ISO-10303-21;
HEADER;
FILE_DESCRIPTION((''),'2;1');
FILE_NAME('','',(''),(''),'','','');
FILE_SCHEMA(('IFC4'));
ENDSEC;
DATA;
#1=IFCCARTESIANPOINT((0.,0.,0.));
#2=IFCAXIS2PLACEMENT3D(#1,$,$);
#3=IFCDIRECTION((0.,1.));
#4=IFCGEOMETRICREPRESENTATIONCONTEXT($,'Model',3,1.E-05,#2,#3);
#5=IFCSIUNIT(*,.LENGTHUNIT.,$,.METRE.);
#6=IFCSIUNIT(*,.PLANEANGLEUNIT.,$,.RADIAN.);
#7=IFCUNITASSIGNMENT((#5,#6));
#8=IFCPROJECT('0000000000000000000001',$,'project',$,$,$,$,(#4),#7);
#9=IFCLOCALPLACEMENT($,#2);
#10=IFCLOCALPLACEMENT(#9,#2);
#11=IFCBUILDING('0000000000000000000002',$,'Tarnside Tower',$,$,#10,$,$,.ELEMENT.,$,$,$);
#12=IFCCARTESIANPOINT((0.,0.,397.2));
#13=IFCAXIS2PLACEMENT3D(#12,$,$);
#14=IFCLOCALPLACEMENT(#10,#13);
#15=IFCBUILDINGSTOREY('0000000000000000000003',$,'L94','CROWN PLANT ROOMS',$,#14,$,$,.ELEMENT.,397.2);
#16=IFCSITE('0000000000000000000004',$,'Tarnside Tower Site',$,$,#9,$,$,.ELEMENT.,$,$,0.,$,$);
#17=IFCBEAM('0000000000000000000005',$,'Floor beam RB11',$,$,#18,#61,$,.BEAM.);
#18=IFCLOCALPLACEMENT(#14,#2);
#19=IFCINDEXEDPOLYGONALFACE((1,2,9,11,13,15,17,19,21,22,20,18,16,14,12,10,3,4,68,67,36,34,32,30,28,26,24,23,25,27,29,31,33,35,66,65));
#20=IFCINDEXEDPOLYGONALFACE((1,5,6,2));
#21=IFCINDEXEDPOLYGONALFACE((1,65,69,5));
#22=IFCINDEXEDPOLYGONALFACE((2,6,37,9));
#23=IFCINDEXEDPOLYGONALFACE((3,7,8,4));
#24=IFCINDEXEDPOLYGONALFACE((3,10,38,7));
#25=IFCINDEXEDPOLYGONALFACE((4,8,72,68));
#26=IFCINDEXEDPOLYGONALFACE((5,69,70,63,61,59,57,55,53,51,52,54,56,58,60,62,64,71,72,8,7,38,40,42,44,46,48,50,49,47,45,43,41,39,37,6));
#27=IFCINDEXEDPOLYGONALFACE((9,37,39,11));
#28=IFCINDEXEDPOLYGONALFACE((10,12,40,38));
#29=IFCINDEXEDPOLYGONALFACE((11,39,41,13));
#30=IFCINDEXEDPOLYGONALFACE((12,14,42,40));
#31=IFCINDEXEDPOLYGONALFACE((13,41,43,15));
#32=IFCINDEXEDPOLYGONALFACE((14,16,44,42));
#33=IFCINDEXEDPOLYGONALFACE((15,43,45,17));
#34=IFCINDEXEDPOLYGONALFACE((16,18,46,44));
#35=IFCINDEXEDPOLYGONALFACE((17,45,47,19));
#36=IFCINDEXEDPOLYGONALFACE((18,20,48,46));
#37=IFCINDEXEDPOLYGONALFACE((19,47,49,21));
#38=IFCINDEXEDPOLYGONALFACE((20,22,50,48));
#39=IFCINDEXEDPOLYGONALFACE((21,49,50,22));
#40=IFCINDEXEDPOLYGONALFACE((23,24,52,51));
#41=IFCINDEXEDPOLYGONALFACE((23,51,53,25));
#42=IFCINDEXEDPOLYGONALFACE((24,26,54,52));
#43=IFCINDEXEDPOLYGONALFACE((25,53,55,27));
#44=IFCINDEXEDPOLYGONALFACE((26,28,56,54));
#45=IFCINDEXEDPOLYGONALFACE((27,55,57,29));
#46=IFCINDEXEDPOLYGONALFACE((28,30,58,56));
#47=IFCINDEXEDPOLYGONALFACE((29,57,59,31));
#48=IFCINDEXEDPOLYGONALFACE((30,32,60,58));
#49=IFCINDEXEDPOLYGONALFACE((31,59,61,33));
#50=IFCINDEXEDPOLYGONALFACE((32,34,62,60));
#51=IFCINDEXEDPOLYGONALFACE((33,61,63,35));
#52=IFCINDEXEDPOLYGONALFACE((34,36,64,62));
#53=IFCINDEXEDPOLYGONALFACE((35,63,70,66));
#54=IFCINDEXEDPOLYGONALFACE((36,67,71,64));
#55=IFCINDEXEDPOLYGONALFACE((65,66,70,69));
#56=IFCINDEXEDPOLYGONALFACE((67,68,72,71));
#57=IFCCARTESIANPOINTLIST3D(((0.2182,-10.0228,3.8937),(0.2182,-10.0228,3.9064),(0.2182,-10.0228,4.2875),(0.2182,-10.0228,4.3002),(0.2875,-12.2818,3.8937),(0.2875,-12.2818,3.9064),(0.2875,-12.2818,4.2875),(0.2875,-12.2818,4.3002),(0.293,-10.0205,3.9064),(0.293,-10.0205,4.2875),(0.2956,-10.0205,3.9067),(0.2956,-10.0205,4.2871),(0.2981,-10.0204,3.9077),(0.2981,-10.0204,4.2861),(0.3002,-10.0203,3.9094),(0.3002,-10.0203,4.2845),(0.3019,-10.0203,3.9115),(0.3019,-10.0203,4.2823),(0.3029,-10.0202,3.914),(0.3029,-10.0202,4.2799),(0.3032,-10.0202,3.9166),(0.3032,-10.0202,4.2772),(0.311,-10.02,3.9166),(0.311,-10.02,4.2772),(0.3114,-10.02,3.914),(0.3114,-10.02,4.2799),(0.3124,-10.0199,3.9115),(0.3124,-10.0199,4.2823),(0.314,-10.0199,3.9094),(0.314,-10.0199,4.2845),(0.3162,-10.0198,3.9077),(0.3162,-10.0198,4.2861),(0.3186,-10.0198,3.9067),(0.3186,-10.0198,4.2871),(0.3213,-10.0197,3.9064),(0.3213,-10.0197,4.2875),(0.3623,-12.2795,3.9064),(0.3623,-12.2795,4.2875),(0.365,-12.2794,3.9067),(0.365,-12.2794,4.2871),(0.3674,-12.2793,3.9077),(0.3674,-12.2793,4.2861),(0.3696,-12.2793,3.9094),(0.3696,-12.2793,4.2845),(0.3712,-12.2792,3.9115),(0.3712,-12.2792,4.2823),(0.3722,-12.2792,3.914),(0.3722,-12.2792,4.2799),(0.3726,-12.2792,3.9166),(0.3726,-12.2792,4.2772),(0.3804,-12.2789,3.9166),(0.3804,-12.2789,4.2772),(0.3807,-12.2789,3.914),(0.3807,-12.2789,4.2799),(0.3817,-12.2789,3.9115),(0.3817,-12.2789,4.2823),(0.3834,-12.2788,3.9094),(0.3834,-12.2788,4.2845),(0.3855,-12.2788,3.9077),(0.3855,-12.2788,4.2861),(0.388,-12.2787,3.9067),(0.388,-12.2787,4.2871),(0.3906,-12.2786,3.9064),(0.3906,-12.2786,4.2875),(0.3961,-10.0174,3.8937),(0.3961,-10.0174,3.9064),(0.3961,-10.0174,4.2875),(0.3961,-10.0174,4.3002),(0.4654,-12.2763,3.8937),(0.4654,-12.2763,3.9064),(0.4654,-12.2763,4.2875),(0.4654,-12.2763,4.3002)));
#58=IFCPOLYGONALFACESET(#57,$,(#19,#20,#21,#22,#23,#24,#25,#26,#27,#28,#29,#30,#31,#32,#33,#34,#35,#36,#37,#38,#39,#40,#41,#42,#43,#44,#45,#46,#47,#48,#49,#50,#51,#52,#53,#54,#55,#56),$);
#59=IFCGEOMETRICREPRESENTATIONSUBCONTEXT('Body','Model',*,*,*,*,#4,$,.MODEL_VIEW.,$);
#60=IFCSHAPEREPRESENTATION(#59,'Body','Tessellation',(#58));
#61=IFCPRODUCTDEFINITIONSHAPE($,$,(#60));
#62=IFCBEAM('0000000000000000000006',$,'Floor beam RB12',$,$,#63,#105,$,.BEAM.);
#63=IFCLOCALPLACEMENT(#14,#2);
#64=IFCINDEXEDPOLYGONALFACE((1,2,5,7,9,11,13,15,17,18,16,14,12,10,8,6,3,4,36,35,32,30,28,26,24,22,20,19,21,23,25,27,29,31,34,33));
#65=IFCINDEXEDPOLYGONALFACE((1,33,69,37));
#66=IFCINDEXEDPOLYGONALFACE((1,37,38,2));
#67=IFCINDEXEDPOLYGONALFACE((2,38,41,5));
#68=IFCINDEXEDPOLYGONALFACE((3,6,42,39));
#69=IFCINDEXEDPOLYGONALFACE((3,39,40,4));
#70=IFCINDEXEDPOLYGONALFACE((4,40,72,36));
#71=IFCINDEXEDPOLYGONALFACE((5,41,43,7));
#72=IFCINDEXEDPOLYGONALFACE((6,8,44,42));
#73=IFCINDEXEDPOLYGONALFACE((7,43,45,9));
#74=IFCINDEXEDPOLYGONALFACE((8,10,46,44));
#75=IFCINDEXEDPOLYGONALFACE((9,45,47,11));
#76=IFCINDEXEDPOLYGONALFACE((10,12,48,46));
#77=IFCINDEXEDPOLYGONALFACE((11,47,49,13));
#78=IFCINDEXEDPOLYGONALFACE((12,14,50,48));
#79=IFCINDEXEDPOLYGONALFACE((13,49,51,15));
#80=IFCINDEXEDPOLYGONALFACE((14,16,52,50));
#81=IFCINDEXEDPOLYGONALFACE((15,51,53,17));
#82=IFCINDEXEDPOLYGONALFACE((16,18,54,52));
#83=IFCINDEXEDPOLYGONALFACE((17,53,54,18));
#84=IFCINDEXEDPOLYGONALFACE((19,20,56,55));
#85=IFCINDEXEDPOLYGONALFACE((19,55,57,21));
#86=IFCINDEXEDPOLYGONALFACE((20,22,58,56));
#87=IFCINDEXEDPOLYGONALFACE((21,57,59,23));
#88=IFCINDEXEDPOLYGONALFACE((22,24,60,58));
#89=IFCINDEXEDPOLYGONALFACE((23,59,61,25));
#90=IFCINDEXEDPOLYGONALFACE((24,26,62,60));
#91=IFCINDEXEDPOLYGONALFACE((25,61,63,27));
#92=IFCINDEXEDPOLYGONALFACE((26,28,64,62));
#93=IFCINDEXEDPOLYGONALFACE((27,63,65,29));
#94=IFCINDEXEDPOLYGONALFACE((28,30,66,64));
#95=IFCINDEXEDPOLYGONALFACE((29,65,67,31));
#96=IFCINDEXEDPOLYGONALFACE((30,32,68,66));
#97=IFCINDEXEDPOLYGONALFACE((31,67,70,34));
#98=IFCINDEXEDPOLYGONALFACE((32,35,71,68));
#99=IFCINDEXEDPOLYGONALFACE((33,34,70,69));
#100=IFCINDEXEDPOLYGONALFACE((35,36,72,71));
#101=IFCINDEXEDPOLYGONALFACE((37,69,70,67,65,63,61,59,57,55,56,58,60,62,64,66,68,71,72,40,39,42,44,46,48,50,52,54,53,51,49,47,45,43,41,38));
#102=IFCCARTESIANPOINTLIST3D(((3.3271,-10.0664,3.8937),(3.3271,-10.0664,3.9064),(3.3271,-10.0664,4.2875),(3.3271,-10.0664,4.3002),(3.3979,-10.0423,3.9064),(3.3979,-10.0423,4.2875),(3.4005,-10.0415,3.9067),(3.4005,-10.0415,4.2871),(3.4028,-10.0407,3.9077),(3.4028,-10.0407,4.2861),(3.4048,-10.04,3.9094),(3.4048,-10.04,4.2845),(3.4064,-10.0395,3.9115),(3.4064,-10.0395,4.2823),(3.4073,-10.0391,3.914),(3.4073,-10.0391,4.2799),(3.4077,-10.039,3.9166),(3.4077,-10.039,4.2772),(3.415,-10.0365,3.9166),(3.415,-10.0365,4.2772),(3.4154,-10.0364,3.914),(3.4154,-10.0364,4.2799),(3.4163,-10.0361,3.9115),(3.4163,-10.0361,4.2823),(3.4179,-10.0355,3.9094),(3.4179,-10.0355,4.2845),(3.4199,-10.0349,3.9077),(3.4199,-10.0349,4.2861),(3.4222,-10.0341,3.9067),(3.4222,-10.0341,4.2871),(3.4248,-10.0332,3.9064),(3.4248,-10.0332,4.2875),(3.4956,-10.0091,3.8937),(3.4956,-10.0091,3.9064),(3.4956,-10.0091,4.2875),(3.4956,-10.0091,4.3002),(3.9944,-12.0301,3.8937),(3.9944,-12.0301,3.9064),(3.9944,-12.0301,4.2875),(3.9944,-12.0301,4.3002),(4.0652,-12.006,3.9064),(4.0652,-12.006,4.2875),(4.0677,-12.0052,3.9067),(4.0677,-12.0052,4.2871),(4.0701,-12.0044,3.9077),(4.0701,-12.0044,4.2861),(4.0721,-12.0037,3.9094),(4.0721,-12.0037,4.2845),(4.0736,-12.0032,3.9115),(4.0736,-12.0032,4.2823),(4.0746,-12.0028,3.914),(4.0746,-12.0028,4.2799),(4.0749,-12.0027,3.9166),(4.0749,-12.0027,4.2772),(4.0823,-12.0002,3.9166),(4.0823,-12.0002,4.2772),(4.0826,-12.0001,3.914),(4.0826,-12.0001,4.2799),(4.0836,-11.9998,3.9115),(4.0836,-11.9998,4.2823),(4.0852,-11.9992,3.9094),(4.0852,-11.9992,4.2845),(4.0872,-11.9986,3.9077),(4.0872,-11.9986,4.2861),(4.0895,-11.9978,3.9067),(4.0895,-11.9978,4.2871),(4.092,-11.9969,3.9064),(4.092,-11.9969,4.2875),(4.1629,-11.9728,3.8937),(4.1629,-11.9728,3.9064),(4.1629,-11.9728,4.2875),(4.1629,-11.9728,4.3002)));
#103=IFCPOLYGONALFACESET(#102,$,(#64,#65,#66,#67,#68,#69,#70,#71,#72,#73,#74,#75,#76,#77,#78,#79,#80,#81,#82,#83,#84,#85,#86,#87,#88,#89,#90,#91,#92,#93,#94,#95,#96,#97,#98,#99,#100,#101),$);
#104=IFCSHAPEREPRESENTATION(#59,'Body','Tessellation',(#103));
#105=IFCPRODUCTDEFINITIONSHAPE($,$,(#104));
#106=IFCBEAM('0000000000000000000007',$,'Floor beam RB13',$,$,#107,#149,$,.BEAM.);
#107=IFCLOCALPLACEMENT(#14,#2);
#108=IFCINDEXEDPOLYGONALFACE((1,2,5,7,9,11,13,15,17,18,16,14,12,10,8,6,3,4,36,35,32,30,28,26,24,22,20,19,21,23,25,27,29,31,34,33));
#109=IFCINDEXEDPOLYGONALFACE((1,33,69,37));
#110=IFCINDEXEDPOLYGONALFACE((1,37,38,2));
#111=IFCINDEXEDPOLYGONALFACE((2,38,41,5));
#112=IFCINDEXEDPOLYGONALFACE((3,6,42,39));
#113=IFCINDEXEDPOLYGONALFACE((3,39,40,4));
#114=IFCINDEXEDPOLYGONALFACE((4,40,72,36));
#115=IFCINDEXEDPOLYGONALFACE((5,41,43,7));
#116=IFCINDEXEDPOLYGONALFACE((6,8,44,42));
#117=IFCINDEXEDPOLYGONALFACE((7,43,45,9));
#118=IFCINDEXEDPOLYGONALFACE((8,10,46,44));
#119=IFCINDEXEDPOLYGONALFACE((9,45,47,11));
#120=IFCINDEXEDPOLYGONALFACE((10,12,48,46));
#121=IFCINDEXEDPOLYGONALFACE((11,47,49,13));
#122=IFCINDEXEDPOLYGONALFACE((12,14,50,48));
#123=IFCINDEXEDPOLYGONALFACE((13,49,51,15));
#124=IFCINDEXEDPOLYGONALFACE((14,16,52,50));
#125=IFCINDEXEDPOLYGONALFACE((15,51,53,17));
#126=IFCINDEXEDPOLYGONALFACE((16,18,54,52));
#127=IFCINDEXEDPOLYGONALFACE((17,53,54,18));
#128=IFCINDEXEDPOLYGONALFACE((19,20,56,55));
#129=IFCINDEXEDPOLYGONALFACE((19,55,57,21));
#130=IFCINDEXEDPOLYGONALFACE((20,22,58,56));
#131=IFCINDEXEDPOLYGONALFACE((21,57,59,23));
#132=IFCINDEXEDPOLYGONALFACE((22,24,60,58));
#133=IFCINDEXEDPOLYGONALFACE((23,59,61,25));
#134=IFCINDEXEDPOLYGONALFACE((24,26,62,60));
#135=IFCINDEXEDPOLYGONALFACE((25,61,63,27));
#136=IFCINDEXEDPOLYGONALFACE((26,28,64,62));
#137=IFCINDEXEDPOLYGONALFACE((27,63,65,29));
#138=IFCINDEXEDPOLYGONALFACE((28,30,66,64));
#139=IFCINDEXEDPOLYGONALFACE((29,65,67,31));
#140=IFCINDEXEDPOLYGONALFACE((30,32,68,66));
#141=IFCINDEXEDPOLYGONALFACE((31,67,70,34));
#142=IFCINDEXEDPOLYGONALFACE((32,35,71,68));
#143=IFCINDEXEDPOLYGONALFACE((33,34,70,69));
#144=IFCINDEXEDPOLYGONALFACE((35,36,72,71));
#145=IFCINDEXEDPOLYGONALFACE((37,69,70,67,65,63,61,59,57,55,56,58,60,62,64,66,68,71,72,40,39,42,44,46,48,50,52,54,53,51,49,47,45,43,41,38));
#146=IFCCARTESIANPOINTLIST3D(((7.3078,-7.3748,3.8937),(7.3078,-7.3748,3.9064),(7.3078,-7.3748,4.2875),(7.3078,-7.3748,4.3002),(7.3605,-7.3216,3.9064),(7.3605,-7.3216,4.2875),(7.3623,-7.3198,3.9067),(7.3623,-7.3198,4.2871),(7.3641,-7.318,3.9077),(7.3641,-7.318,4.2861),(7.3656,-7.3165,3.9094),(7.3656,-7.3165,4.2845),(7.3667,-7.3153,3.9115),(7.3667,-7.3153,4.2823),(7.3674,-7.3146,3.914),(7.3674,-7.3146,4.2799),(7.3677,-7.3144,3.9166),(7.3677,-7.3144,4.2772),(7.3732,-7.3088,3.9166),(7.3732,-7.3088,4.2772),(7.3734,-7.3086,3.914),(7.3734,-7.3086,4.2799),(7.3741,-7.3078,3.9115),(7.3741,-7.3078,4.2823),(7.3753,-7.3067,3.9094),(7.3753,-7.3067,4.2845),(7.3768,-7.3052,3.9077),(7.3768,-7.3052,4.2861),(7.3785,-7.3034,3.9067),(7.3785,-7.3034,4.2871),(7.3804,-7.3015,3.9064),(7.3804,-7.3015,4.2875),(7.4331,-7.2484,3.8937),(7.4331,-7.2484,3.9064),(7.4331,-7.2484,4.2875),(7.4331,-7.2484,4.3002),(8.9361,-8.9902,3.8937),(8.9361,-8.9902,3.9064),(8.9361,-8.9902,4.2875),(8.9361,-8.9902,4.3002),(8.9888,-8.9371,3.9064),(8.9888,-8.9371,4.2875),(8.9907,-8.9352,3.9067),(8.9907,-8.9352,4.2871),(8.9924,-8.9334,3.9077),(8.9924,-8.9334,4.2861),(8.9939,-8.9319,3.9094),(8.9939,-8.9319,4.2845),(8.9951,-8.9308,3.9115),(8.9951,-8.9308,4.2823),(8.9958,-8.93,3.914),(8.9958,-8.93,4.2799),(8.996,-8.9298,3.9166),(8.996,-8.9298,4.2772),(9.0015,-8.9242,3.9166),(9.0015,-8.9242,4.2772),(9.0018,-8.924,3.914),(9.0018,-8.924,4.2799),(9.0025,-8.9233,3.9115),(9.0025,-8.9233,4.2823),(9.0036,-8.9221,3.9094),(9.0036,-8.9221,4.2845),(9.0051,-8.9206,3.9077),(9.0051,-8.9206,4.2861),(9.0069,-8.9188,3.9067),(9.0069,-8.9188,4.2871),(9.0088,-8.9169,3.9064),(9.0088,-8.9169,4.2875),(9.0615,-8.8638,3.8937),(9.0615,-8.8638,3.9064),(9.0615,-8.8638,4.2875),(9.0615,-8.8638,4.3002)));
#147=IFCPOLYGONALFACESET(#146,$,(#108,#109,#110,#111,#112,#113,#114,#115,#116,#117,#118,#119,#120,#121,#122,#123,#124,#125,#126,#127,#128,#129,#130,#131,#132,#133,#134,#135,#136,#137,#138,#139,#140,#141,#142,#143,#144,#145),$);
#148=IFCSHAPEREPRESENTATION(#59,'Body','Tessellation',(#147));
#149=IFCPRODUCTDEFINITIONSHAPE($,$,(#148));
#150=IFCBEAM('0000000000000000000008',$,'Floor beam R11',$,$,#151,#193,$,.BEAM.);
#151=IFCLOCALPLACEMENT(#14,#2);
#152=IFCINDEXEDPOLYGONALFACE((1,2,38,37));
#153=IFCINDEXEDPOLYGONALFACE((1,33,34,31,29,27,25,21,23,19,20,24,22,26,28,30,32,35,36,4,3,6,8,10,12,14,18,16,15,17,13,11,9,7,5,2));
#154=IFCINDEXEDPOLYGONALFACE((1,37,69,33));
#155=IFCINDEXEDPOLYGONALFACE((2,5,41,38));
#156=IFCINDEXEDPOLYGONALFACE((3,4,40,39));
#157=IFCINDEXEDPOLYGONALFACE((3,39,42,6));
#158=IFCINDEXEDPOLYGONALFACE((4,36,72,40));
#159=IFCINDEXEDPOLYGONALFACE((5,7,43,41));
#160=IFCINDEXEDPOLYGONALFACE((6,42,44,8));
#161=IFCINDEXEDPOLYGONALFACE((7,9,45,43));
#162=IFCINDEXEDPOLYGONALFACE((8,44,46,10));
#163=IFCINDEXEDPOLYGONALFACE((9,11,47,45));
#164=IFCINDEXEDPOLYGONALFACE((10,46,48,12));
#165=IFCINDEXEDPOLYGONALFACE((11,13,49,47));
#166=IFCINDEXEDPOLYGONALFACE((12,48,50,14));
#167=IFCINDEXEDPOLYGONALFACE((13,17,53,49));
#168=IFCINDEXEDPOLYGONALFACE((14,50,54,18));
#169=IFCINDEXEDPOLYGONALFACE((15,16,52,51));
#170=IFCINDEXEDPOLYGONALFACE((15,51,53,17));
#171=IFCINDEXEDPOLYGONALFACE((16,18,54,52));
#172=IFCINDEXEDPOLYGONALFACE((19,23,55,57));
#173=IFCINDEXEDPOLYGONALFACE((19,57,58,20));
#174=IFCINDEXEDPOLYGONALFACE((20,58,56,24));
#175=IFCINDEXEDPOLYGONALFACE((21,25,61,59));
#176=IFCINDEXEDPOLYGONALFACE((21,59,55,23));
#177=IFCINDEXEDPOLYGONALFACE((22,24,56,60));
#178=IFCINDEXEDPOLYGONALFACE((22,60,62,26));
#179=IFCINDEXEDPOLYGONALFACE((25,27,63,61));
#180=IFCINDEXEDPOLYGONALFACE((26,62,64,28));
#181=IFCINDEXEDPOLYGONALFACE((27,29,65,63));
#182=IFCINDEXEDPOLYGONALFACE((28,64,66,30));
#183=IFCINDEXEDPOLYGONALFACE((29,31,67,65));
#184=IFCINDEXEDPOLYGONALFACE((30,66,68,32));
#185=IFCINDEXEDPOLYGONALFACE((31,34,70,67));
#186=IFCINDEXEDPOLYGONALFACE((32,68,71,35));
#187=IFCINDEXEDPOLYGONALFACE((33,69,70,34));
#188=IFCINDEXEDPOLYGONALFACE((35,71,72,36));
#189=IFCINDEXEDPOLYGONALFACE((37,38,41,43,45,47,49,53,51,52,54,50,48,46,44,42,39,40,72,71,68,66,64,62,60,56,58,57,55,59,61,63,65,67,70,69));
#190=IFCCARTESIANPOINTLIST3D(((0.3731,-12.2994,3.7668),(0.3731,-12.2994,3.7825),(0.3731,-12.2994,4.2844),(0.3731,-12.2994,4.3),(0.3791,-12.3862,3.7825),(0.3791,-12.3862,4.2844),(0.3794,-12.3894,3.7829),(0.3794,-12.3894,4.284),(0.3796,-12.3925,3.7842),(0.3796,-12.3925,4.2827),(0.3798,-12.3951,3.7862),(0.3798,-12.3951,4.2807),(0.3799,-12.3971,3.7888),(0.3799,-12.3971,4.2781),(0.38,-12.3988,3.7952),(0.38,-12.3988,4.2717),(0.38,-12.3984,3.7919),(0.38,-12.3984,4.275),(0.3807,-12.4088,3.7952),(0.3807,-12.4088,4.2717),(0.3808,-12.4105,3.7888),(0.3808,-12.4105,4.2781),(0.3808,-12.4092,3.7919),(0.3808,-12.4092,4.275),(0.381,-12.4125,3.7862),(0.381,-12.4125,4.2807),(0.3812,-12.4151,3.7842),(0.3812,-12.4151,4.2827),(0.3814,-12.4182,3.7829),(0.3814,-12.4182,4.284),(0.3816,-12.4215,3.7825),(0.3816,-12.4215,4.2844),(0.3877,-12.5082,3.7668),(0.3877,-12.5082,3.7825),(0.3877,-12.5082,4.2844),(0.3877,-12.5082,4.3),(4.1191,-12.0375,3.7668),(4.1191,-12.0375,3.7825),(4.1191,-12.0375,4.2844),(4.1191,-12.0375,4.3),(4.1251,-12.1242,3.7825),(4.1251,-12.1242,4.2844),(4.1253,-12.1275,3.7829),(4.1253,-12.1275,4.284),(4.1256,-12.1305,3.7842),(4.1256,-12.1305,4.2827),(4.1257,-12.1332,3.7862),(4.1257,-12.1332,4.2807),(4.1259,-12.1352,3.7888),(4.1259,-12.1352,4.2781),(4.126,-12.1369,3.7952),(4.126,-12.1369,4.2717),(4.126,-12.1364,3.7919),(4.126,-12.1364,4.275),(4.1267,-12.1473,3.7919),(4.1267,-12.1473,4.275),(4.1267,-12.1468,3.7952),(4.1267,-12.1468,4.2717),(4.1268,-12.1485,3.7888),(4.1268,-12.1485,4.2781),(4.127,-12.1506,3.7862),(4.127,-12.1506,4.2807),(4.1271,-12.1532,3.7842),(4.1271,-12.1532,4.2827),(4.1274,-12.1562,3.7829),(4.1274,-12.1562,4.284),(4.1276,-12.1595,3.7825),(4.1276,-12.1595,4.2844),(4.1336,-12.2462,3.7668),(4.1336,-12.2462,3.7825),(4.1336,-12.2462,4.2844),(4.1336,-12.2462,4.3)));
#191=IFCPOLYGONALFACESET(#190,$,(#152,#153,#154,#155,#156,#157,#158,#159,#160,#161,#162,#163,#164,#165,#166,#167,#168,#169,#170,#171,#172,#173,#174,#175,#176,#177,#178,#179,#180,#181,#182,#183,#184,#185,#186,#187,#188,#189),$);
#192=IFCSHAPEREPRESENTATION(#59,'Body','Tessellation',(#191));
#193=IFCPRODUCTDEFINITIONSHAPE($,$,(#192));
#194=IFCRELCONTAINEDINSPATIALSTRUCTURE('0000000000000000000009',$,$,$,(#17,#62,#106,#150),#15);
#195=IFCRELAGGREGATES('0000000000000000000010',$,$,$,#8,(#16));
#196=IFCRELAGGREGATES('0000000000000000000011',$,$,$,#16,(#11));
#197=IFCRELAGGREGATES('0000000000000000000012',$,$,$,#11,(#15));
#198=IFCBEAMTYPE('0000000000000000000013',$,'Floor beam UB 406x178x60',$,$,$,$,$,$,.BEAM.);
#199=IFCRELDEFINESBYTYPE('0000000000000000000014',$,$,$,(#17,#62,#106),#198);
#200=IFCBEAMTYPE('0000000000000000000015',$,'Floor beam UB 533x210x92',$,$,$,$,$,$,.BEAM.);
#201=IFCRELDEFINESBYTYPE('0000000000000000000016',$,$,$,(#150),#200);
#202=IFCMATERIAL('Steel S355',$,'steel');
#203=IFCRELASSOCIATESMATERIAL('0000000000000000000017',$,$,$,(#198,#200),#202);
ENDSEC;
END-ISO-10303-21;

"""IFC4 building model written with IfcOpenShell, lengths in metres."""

from ifc_helpers import new_model, si_unit, direction, frame, origin, origin_2d, place, context, subcontext, project, spatial, i_section, extrude, material, material_profile, profile_set, type_object, element, save


model = new_model("IFC4")

# Units and contexts
model_context = context("Model", 3, precision=1e-05, world=origin(), true_north=direction((0.0, 1.0)))
body_context = subcontext(model_context, "Body", "Model", "MODEL_VIEW")
ifc_project = project(units=[si_unit("LENGTHUNIT", "METRE"), si_unit("PLANEANGLEUNIT", "RADIAN")], contexts=[model_context])

# Site, building, storey
site_placement = place(None, origin())
site = spatial("IfcSite", under=ifc_project, at=site_placement, Name="Tarnside Tower Site", CompositionType="ELEMENT", RefElevation=0.0)
building_placement = place(site_placement, origin())
building = spatial("IfcBuilding", under=site, at=building_placement, Name="Tarnside Tower", CompositionType="ELEMENT")
storey_placement = place(building_placement, frame((0.0, 0.0, 397.2)))
storey = spatial("IfcBuildingStorey", under=building, at=storey_placement, Name="L94", Description="CROWN PLANT ROOMS", CompositionType="ELEMENT", Elevation=397.2)

# Beams
ifc_material_1 = material(Name="Steel S355", Category="steel")
ifc_material_profile_1 = material_profile(ifc_material_1, i_section(OverallWidth=0.178, OverallDepth=0.4065, WebThickness=0.0078, FlangeThickness=0.0127, FilletRadius=0.0103, at=origin_2d()), Name="UB 406x178x60")
ifc_profile_set_1 = profile_set([ifc_material_profile_1], Name="Steel S355")
beam_type_1 = type_object("IfcBeamType", Name="Floor beam UB 406x178x60", PredefinedType="BEAM", material=ifc_profile_set_1)
beam_1_placement = place(storey_placement, frame((0.3765, -12.2791, 4.0969), z_axis=(-0.030678, 0.999529, 0.0), x_axis=(-0.999529, -0.030678, 0.0)))
element("IfcBeam", 1, at=beam_1_placement, inside=storey, type_object=beam_type_1, Name="Floor beam RB11", PredefinedType="BEAM", context=body_context, shape_type="SweptSolid", body=[
    extrude(i_section(OverallWidth=0.178, OverallDepth=0.4065, WebThickness=0.0078, FlangeThickness=0.0127, FilletRadius=0.0103, at=origin_2d()), origin(), (0.0, 0.0, 1.0), 2.26),
])
beam_2_placement = place(storey_placement, frame((4.0786, -12.0015, 4.0969), z_axis=(-0.321732, 0.946831, 0.0), x_axis=(-0.946831, -0.321732, 0.0)))
element("IfcBeam", 2, at=beam_2_placement, inside=storey, type_object=beam_type_1, Name="Floor beam RB12", PredefinedType="BEAM", context=body_context, shape_type="SweptSolid", body=[
    extrude(i_section(OverallWidth=0.178, OverallDepth=0.4065, WebThickness=0.0078, FlangeThickness=0.0127, FilletRadius=0.0103, at=origin_2d()), origin(), (0.0, 0.0, 1.0), 2.074),
])
beam_3_placement = place(storey_placement, frame((8.9988, -8.927, 4.0969), z_axis=(-0.709922, 0.704281, 0.0), x_axis=(-0.704281, -0.709922, 0.0)))
element("IfcBeam", 3, at=beam_3_placement, inside=storey, type_object=beam_type_1, Name="Floor beam RB13", PredefinedType="BEAM", context=body_context, shape_type="SweptSolid", body=[
    extrude(i_section(OverallWidth=0.178, OverallDepth=0.4065, WebThickness=0.0078, FlangeThickness=0.0127, FilletRadius=0.0103, at=origin_2d()), origin(), (0.0, 0.0, 1.0), 2.2937),
])
ifc_material_profile_2 = material_profile(ifc_material_1, i_section(OverallWidth=0.2092, OverallDepth=0.5332, WebThickness=0.01, FlangeThickness=0.0156, FilletRadius=0.0127, at=origin_2d()), Name="UB 533x210x92")
ifc_profile_set_2 = profile_set([ifc_material_profile_2], Name="Steel S355")
beam_type_2 = type_object("IfcBeamType", Name="Floor beam UB 533x210x92", PredefinedType="BEAM", material=ifc_profile_set_2)
beam_4_placement = place(storey_placement, frame((0.3804, -12.4038, 4.0334), z_axis=(0.997564, 0.069759, 0.0), x_axis=(-0.069759, 0.997564, 0.0)))
element("IfcBeam", 4, at=beam_4_placement, inside=storey, type_object=beam_type_2, Name="Floor beam R11", PredefinedType="BEAM", context=body_context, shape_type="SweptSolid", body=[
    extrude(i_section(OverallWidth=0.2092, OverallDepth=0.5332, WebThickness=0.01, FlangeThickness=0.0156, FilletRadius=0.0127, at=origin_2d()), origin(), (0.0, 0.0, 1.0), 3.7551),
])

save(model, "model.ifc")
